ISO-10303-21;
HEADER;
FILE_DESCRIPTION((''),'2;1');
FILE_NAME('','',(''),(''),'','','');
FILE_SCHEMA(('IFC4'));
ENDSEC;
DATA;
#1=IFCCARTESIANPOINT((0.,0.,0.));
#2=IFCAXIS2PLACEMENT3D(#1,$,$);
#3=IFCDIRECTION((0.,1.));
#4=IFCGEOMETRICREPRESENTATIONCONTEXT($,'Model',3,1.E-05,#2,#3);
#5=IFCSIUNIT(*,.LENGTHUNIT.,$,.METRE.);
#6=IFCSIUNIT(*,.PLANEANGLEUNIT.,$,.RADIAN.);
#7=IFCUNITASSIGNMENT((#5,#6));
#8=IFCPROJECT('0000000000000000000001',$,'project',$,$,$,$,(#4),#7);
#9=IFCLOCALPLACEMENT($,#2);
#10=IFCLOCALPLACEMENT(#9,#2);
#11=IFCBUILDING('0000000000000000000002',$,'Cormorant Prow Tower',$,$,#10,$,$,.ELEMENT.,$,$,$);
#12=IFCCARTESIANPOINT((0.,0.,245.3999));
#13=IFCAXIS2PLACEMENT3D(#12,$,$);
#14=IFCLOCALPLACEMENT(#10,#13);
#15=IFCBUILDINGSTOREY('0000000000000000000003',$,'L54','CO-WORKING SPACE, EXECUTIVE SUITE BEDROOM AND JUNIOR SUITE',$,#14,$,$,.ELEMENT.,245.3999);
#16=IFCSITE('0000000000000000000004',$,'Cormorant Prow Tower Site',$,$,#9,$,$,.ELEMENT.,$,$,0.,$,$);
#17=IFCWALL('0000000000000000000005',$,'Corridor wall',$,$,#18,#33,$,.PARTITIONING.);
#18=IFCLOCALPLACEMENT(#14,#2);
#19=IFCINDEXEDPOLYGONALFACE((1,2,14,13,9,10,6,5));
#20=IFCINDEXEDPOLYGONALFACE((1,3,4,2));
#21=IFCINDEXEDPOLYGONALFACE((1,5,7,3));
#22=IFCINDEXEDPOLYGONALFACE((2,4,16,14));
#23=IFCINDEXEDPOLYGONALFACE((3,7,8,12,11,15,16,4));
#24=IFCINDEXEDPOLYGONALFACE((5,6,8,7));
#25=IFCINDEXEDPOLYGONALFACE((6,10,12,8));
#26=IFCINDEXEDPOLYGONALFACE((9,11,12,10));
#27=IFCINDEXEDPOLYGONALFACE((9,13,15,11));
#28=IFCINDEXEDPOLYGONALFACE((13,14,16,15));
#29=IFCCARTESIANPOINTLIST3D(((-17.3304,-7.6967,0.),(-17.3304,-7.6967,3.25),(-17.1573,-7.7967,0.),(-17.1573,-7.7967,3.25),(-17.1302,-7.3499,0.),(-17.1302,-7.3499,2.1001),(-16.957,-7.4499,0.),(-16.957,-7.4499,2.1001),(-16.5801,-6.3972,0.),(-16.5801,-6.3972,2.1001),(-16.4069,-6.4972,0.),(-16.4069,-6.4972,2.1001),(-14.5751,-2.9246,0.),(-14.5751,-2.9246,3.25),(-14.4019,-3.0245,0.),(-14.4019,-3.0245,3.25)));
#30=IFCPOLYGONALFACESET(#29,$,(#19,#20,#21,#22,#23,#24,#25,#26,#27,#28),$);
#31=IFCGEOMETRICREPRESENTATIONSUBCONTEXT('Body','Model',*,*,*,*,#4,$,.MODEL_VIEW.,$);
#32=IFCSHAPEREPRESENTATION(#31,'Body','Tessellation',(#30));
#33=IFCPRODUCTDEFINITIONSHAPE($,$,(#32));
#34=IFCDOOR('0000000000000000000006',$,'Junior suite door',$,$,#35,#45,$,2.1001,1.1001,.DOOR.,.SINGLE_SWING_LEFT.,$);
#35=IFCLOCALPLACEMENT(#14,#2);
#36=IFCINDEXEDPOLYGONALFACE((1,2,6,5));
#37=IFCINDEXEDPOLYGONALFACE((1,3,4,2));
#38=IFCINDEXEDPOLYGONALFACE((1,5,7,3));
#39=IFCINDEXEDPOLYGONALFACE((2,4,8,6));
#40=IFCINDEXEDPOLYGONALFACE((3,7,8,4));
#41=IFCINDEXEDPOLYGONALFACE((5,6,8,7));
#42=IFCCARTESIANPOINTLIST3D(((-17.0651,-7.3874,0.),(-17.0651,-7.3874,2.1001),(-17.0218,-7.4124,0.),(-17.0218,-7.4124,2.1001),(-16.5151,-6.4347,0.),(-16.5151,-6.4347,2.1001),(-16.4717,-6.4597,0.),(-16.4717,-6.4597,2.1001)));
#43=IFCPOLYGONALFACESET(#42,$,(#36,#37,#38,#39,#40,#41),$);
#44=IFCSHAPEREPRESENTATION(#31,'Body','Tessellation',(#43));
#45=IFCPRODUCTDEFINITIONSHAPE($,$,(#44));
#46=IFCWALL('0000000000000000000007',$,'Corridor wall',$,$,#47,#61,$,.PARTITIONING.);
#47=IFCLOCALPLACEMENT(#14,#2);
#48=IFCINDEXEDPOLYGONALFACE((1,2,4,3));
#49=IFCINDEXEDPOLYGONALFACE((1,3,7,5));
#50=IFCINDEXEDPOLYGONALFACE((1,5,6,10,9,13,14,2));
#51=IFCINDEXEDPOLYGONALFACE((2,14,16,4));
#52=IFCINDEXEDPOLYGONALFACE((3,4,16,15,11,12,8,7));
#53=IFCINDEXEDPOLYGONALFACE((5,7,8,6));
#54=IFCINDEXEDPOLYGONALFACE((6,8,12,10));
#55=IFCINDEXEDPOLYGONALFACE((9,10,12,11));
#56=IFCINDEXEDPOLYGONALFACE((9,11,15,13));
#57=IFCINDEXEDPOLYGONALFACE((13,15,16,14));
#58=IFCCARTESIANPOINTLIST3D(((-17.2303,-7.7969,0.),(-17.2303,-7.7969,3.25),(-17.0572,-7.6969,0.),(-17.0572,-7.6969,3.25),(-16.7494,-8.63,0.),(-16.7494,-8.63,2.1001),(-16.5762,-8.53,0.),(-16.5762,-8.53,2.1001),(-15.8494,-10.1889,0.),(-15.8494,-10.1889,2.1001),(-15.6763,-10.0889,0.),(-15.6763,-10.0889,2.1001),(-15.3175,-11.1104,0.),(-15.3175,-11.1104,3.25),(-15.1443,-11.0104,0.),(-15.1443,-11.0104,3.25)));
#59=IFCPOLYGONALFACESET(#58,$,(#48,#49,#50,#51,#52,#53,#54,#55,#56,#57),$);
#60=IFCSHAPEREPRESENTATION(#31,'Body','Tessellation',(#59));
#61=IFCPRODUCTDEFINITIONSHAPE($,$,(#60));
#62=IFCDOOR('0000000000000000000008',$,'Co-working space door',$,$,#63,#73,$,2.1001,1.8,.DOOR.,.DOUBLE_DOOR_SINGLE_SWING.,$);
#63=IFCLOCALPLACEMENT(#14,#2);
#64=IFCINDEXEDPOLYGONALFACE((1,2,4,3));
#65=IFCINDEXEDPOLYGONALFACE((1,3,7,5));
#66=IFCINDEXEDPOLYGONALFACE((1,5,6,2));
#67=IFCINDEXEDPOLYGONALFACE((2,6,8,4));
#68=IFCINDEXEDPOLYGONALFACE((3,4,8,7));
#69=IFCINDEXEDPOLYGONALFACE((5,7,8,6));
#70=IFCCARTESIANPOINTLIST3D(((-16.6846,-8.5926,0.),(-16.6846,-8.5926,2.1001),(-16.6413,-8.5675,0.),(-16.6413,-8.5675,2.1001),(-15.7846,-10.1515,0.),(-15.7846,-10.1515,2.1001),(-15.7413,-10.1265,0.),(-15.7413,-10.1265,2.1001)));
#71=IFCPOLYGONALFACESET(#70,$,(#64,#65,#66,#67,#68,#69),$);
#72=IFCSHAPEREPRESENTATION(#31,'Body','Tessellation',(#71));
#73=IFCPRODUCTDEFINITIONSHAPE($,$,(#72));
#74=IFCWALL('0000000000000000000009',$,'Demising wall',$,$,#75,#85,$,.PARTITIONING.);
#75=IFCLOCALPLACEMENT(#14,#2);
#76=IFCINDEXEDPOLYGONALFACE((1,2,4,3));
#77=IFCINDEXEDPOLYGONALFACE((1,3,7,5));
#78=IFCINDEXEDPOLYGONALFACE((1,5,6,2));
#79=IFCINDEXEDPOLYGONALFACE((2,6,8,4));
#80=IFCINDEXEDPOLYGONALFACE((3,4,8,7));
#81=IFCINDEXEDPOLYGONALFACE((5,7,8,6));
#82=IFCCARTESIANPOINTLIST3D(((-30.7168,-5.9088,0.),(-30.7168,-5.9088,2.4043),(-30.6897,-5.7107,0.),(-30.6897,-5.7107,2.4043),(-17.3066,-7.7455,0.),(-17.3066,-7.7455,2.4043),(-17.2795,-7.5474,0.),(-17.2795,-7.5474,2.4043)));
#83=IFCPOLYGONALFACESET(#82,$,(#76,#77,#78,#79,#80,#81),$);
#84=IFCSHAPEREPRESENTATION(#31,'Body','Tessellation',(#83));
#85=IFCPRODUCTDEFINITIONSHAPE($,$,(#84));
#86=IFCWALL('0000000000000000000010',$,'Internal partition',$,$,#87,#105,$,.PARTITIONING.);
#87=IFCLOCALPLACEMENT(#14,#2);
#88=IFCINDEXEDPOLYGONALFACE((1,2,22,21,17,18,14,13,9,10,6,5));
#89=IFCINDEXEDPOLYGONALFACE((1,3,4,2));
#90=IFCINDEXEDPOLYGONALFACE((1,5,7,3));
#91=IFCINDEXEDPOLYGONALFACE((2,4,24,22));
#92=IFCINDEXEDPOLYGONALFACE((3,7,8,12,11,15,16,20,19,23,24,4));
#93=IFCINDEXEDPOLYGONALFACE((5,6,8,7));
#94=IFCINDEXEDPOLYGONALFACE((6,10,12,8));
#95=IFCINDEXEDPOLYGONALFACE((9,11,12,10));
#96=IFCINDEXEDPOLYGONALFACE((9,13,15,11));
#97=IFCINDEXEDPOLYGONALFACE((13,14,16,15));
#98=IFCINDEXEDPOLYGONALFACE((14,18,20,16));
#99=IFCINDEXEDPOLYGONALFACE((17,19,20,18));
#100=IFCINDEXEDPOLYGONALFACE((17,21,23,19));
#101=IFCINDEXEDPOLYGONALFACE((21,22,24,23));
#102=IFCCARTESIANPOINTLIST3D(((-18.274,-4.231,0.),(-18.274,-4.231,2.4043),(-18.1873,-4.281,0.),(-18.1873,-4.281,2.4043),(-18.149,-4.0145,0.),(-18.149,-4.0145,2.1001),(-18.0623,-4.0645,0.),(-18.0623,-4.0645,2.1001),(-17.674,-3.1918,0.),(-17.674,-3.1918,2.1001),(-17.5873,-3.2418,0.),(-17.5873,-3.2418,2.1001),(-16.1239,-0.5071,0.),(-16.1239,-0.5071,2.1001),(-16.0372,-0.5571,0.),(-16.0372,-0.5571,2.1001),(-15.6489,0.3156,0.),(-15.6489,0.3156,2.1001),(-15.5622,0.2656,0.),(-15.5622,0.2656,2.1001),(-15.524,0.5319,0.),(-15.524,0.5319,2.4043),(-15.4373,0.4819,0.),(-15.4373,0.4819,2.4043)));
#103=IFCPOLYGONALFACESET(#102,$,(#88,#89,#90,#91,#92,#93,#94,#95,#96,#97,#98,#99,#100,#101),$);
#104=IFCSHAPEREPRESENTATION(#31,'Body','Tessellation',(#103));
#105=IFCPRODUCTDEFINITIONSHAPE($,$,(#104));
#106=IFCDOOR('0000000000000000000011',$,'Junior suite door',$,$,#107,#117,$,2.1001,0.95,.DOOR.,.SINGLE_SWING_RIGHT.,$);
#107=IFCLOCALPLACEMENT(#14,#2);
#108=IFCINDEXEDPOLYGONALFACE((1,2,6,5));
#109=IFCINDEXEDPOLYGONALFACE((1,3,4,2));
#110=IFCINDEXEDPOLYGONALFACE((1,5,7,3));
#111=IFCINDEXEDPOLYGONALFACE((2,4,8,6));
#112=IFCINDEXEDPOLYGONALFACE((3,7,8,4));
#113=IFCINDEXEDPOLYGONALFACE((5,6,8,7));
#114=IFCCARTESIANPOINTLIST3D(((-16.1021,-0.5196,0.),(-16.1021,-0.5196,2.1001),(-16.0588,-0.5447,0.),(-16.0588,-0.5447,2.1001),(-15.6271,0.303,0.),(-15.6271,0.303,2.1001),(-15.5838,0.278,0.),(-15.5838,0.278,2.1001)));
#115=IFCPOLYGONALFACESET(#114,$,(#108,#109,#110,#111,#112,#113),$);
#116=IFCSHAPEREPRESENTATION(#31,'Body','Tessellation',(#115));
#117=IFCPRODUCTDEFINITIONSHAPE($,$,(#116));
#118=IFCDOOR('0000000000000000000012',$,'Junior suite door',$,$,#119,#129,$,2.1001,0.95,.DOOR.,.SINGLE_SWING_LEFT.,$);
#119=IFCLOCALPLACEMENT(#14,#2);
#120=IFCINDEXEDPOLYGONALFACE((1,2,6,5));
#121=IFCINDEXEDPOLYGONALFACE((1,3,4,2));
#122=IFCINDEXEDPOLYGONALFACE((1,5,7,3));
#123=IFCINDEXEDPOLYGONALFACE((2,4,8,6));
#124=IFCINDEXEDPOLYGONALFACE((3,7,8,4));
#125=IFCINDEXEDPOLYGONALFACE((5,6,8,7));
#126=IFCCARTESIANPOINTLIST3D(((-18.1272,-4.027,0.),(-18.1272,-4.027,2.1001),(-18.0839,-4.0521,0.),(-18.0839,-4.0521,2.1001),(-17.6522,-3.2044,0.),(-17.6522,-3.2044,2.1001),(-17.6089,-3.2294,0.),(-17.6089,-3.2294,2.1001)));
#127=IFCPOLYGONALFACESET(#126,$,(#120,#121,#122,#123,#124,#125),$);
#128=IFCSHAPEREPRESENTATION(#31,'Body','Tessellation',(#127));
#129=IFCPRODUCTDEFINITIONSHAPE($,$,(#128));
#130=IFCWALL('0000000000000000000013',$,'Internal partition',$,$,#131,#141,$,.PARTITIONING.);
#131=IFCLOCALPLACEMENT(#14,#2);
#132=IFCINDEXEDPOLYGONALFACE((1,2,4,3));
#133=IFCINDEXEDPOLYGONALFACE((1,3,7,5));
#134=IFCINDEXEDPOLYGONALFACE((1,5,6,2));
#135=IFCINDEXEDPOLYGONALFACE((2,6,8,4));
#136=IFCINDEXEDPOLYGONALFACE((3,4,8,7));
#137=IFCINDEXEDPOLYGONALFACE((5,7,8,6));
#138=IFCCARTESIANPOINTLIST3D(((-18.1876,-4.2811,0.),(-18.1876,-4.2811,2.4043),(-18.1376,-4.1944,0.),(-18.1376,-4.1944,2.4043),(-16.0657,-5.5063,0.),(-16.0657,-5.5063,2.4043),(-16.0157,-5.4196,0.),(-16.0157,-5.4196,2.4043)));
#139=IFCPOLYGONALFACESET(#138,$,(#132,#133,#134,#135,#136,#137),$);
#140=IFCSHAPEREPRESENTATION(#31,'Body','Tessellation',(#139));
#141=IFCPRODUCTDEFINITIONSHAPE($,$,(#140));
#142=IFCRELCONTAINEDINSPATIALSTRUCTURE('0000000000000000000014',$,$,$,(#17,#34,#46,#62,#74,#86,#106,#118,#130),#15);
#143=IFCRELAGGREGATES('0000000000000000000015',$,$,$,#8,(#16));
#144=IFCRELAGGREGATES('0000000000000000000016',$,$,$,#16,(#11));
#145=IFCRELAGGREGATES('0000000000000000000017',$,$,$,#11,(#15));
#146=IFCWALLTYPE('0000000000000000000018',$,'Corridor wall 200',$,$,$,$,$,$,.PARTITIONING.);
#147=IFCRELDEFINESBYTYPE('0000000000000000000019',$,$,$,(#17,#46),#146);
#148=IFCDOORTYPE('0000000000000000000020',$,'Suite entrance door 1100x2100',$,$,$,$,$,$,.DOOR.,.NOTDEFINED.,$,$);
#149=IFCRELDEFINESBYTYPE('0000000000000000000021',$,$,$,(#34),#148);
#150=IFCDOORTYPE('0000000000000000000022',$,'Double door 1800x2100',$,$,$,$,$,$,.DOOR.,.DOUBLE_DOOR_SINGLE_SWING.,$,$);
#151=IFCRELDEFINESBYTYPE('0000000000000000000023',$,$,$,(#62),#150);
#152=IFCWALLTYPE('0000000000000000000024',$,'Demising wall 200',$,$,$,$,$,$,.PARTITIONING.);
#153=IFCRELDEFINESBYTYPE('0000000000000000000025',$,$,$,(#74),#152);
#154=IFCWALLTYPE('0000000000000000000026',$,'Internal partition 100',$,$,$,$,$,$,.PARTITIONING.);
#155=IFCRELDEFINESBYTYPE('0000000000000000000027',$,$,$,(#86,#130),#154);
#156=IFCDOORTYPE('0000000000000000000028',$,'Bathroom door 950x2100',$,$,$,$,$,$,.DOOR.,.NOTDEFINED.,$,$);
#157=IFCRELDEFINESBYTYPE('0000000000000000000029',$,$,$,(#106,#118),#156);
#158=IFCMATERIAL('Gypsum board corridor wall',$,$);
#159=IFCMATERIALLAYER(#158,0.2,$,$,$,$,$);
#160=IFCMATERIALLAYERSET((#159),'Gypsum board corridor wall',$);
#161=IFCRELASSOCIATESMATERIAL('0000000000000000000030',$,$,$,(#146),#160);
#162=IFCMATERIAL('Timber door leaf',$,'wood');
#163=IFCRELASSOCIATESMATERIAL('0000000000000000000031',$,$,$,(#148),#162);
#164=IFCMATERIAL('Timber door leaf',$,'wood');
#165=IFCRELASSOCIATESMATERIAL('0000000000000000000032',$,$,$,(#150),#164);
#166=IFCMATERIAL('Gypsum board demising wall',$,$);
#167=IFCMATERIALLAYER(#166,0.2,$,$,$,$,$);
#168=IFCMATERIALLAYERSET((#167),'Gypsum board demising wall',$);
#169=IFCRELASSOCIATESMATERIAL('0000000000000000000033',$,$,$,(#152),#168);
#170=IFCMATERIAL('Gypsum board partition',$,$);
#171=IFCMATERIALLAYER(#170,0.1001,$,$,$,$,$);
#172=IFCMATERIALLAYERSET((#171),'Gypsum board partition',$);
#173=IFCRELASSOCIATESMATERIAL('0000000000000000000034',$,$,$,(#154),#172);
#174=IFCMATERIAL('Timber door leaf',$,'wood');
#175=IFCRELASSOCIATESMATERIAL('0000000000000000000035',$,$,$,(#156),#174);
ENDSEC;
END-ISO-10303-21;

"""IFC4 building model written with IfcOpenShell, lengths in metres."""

from ifc_helpers import new_model, si_unit, direction, frame, frame_2d, origin, place, context, subcontext, project, spatial, rectangle, extrude, material, layer, layer_set, type_object, element, fill, save


model = new_model("IFC4")

# Units and contexts
model_context = context("Model", 3, precision=1e-05, world=origin(), true_north=direction((0.0, 1.0)))
body_context = subcontext(model_context, "Body", "Model", "MODEL_VIEW")
ifc_project = project(units=[si_unit("LENGTHUNIT", "METRE"), si_unit("PLANEANGLEUNIT", "RADIAN")], contexts=[model_context])

# Site, building, storey
site_placement = place(None, origin())
site = spatial("IfcSite", under=ifc_project, at=site_placement, Name="Cormorant Prow Tower Site", CompositionType="ELEMENT", RefElevation=0.0)
building_placement = place(site_placement, origin())
building = spatial("IfcBuilding", under=site, at=building_placement, Name="Cormorant Prow Tower", CompositionType="ELEMENT")
storey_placement = place(building_placement, frame((0.0, 0.0, 245.3999)))
storey = spatial("IfcBuildingStorey", under=building, at=storey_placement, Name="L54", Description="CO-WORKING SPACE, EXECUTIVE SUITE BEDROOM AND JUNIOR SUITE", CompositionType="ELEMENT", Elevation=245.3999)

# Walls, openings, doors
ifc_material_1 = material(Name="Gypsum board corridor wall")
ifc_layer_1 = layer(ifc_material_1, 0.2)
ifc_layer_set_1 = layer_set([ifc_layer_1], Name="Gypsum board corridor wall")
wall_type_1 = type_object("IfcWallType", Name="Corridor wall 200", PredefinedType="PARTITIONING", material=ifc_layer_set_1)
wall_1_placement = place(storey_placement, frame((-17.2439, -7.7468, 0.0), z_axis=(0.0, 0.0, 1.0), x_axis=(0.500018, 0.866015, 0.0)))
wall_1 = element("IfcWall", 1, at=wall_1_placement, inside=storey, type_object=wall_type_1, Name="Corridor wall", PredefinedType="PARTITIONING", context=body_context, shape_type="SweptSolid", body=[
    extrude(rectangle(XDim=5.5105, YDim=0.2, at=frame_2d((2.7554, 0.0))), origin(), (0.0, 0.0, 1.0), 3.25),
])
opening_1_placement = place(wall_1_placement, frame((0.4006, 0.0, 0.0)))
opening_1 = element("IfcOpeningElement", 2, at=opening_1_placement, cuts=wall_1, PredefinedType="OPENING", context=body_context, shape_type="SweptSolid", body=[
    extrude(rectangle(XDim=1.1001, YDim=2.1001, at=frame_2d((0.55, 1.05))), frame((0.0, 0.1099, 0.0), z_axis=(0.0, -1.0, 0.0), x_axis=(1.0, 0.0, 0.0)), (0.0, 0.0, 1.0), 0.22),
])
ifc_material_2 = material(Name="Timber door leaf", Category="wood")
door_type_1 = type_object("IfcDoorType", Name="Suite entrance door 1100x2100", OperationType="NOTDEFINED", PredefinedType="DOOR", material=ifc_material_2)
door_1_placement = place(opening_1_placement, origin())
door_1 = element("IfcDoor", 3, at=door_1_placement, inside=storey, type_object=door_type_1, Name="Junior suite door", OperationType="SINGLE_SWING_LEFT", OverallHeight=2.1001, OverallWidth=1.1001, PredefinedType="DOOR", context=body_context, shape_type="SweptSolid", body=[
    extrude(rectangle(XDim=1.1001, YDim=2.1001, at=frame_2d((0.55, 1.05))), frame((0.0, 0.0249, 0.0), z_axis=(0.0, -1.0, 0.0), x_axis=(1.0, 0.0, 0.0)), (0.0, 0.0, 1.0), 0.05),
])
fill(opening_1, door_1)
wall_2_placement = place(storey_placement, frame((-17.1438, -7.7468, 0.0), z_axis=(0.0, 0.0, 1.0), x_axis=(0.499962, -0.866047, 0.0)))
wall_2 = element("IfcWall", 4, at=wall_2_placement, inside=storey, type_object=wall_type_1, Name="Corridor wall", PredefinedType="PARTITIONING", context=body_context, shape_type="SweptSolid", body=[
    extrude(rectangle(XDim=3.8259, YDim=0.2, at=frame_2d((1.9131, 0.0))), origin(), (0.0, 0.0, 1.0), 3.25),
])
opening_2_placement = place(wall_2_placement, frame((0.9622, 0.0, 0.0)))
opening_2 = element("IfcOpeningElement", 5, at=opening_2_placement, cuts=wall_2, PredefinedType="OPENING", context=body_context, shape_type="SweptSolid", body=[
    extrude(rectangle(XDim=1.8, YDim=2.1001, at=frame_2d((0.8999, 1.05))), frame((0.0, 0.1099, 0.0), z_axis=(0.0, -1.0, 0.0), x_axis=(1.0, 0.0, 0.0)), (0.0, 0.0, 1.0), 0.22),
])
ifc_material_3 = material(Name="Timber door leaf", Category="wood")
door_type_2 = type_object("IfcDoorType", Name="Double door 1800x2100", OperationType="DOUBLE_DOOR_SINGLE_SWING", PredefinedType="DOOR", material=ifc_material_3)
door_2_placement = place(opening_2_placement, origin())
door_2 = element("IfcDoor", 6, at=door_2_placement, inside=storey, type_object=door_type_2, Name="Co-working space door", OperationType="DOUBLE_DOOR_SINGLE_SWING", OverallHeight=2.1001, OverallWidth=1.8, PredefinedType="DOOR", context=body_context, shape_type="SweptSolid", body=[
    extrude(rectangle(XDim=1.8, YDim=2.1001, at=frame_2d((0.8999, 1.05))), frame((0.0, 0.0249, 0.0), z_axis=(0.0, -1.0, 0.0), x_axis=(1.0, 0.0, 0.0)), (0.0, 0.0, 1.0), 0.05),
])
fill(opening_2, door_2)

# Wall
ifc_material_4 = material(Name="Gypsum board demising wall")
ifc_layer_2 = layer(ifc_material_4, 0.2)
ifc_layer_set_2 = layer_set([ifc_layer_2], Name="Gypsum board demising wall")
wall_type_2 = type_object("IfcWallType", Name="Demising wall 200", PredefinedType="PARTITIONING", material=ifc_layer_set_2)
wall_3_placement = place(storey_placement, frame((-30.7031, -5.8098, 0.0), z_axis=(0.0, 0.0, 1.0), x_axis=(0.990751, -0.135694, 0.0)))
element("IfcWall", 7, at=wall_3_placement, inside=storey, type_object=wall_type_2, Name="Demising wall", PredefinedType="PARTITIONING", context=body_context, shape_type="SweptSolid", body=[
    extrude(rectangle(XDim=13.5354, YDim=0.2, at=frame_2d((6.7676, 0.0))), origin(), (0.0, 0.0, 1.0), 2.4043),
])

# Wall, openings, doors
ifc_material_5 = material(Name="Gypsum board partition")
ifc_layer_3 = layer(ifc_material_5, 0.1001)
ifc_layer_set_3 = layer_set([ifc_layer_3], Name="Gypsum board partition")
wall_type_3 = type_object("IfcWallType", Name="Internal partition 100", PredefinedType="PARTITIONING", material=ifc_layer_set_3)
wall_4_placement = place(storey_placement, frame((-18.2307, -4.2561, 0.0), z_axis=(0.0, 0.0, 1.0), x_axis=(0.500016, 0.866016, 0.0)))
wall_4 = element("IfcWall", 8, at=wall_4_placement, inside=storey, type_object=wall_type_3, Name="Internal partition", PredefinedType="PARTITIONING", context=body_context, shape_type="SweptSolid", body=[
    extrude(rectangle(XDim=5.4998, YDim=0.1001, at=frame_2d((2.75, 0.0))), origin(), (0.0, 0.0, 1.0), 2.4043),
])
opening_3_placement = place(wall_4_placement, frame((4.3, 0.0, 0.0)))
opening_3 = element("IfcOpeningElement", 9, at=opening_3_placement, cuts=wall_4, PredefinedType="OPENING", context=body_context, shape_type="SweptSolid", body=[
    extrude(rectangle(XDim=0.95, YDim=2.1001, at=frame_2d((0.4751, 1.05))), frame((0.0, 0.0601, 0.0), z_axis=(0.0, -1.0, 0.0), x_axis=(1.0, 0.0, 0.0)), (0.0, 0.0, 1.0), 0.1201),
])
opening_4_placement = place(wall_4_placement, frame((0.25, 0.0, 0.0)))
opening_4 = element("IfcOpeningElement", 10, at=opening_4_placement, cuts=wall_4, PredefinedType="OPENING", context=body_context, shape_type="SweptSolid", body=[
    extrude(rectangle(XDim=0.95, YDim=2.1001, at=frame_2d((0.4751, 1.05))), frame((0.0, 0.0601, 0.0), z_axis=(0.0, -1.0, 0.0), x_axis=(1.0, 0.0, 0.0)), (0.0, 0.0, 1.0), 0.1201),
])
ifc_material_6 = material(Name="Timber door leaf", Category="wood")
door_type_3 = type_object("IfcDoorType", Name="Bathroom door 950x2100", OperationType="NOTDEFINED", PredefinedType="DOOR", material=ifc_material_6)
door_3_placement = place(opening_3_placement, origin())
door_3 = element("IfcDoor", 11, at=door_3_placement, inside=storey, type_object=door_type_3, Name="Junior suite door", OperationType="SINGLE_SWING_RIGHT", OverallHeight=2.1001, OverallWidth=0.95, PredefinedType="DOOR", context=body_context, shape_type="SweptSolid", body=[
    extrude(rectangle(XDim=0.95, YDim=2.1001, at=frame_2d((0.4751, 1.05))), frame((0.0, 0.0249, 0.0), z_axis=(0.0, -1.0, 0.0), x_axis=(1.0, 0.0, 0.0)), (0.0, 0.0, 1.0), 0.05),
])
fill(opening_3, door_3)
door_4_placement = place(opening_4_placement, origin())
door_4 = element("IfcDoor", 12, at=door_4_placement, inside=storey, type_object=door_type_3, Name="Junior suite door", OperationType="SINGLE_SWING_LEFT", OverallHeight=2.1001, OverallWidth=0.95, PredefinedType="DOOR", context=body_context, shape_type="SweptSolid", body=[
    extrude(rectangle(XDim=0.95, YDim=2.1001, at=frame_2d((0.4751, 1.05))), frame((0.0, 0.0249, 0.0), z_axis=(0.0, -1.0, 0.0), x_axis=(1.0, 0.0, 0.0)), (0.0, 0.0, 1.0), 0.05),
])
fill(opening_4, door_4)

# Wall
wall_5_placement = place(storey_placement, frame((-18.1626, -4.2378, 0.0), z_axis=(0.0, 0.0, 1.0), x_axis=(0.866015, -0.500019, 0.0)))
element("IfcWall", 13, at=wall_5_placement, inside=storey, type_object=wall_type_3, Name="Internal partition", PredefinedType="PARTITIONING", context=body_context, shape_type="SweptSolid", body=[
    extrude(rectangle(XDim=2.4502, YDim=0.1001, at=frame_2d((1.2251, 0.0))), origin(), (0.0, 0.0, 1.0), 2.4043),
])

save(model, "model.ifc")
